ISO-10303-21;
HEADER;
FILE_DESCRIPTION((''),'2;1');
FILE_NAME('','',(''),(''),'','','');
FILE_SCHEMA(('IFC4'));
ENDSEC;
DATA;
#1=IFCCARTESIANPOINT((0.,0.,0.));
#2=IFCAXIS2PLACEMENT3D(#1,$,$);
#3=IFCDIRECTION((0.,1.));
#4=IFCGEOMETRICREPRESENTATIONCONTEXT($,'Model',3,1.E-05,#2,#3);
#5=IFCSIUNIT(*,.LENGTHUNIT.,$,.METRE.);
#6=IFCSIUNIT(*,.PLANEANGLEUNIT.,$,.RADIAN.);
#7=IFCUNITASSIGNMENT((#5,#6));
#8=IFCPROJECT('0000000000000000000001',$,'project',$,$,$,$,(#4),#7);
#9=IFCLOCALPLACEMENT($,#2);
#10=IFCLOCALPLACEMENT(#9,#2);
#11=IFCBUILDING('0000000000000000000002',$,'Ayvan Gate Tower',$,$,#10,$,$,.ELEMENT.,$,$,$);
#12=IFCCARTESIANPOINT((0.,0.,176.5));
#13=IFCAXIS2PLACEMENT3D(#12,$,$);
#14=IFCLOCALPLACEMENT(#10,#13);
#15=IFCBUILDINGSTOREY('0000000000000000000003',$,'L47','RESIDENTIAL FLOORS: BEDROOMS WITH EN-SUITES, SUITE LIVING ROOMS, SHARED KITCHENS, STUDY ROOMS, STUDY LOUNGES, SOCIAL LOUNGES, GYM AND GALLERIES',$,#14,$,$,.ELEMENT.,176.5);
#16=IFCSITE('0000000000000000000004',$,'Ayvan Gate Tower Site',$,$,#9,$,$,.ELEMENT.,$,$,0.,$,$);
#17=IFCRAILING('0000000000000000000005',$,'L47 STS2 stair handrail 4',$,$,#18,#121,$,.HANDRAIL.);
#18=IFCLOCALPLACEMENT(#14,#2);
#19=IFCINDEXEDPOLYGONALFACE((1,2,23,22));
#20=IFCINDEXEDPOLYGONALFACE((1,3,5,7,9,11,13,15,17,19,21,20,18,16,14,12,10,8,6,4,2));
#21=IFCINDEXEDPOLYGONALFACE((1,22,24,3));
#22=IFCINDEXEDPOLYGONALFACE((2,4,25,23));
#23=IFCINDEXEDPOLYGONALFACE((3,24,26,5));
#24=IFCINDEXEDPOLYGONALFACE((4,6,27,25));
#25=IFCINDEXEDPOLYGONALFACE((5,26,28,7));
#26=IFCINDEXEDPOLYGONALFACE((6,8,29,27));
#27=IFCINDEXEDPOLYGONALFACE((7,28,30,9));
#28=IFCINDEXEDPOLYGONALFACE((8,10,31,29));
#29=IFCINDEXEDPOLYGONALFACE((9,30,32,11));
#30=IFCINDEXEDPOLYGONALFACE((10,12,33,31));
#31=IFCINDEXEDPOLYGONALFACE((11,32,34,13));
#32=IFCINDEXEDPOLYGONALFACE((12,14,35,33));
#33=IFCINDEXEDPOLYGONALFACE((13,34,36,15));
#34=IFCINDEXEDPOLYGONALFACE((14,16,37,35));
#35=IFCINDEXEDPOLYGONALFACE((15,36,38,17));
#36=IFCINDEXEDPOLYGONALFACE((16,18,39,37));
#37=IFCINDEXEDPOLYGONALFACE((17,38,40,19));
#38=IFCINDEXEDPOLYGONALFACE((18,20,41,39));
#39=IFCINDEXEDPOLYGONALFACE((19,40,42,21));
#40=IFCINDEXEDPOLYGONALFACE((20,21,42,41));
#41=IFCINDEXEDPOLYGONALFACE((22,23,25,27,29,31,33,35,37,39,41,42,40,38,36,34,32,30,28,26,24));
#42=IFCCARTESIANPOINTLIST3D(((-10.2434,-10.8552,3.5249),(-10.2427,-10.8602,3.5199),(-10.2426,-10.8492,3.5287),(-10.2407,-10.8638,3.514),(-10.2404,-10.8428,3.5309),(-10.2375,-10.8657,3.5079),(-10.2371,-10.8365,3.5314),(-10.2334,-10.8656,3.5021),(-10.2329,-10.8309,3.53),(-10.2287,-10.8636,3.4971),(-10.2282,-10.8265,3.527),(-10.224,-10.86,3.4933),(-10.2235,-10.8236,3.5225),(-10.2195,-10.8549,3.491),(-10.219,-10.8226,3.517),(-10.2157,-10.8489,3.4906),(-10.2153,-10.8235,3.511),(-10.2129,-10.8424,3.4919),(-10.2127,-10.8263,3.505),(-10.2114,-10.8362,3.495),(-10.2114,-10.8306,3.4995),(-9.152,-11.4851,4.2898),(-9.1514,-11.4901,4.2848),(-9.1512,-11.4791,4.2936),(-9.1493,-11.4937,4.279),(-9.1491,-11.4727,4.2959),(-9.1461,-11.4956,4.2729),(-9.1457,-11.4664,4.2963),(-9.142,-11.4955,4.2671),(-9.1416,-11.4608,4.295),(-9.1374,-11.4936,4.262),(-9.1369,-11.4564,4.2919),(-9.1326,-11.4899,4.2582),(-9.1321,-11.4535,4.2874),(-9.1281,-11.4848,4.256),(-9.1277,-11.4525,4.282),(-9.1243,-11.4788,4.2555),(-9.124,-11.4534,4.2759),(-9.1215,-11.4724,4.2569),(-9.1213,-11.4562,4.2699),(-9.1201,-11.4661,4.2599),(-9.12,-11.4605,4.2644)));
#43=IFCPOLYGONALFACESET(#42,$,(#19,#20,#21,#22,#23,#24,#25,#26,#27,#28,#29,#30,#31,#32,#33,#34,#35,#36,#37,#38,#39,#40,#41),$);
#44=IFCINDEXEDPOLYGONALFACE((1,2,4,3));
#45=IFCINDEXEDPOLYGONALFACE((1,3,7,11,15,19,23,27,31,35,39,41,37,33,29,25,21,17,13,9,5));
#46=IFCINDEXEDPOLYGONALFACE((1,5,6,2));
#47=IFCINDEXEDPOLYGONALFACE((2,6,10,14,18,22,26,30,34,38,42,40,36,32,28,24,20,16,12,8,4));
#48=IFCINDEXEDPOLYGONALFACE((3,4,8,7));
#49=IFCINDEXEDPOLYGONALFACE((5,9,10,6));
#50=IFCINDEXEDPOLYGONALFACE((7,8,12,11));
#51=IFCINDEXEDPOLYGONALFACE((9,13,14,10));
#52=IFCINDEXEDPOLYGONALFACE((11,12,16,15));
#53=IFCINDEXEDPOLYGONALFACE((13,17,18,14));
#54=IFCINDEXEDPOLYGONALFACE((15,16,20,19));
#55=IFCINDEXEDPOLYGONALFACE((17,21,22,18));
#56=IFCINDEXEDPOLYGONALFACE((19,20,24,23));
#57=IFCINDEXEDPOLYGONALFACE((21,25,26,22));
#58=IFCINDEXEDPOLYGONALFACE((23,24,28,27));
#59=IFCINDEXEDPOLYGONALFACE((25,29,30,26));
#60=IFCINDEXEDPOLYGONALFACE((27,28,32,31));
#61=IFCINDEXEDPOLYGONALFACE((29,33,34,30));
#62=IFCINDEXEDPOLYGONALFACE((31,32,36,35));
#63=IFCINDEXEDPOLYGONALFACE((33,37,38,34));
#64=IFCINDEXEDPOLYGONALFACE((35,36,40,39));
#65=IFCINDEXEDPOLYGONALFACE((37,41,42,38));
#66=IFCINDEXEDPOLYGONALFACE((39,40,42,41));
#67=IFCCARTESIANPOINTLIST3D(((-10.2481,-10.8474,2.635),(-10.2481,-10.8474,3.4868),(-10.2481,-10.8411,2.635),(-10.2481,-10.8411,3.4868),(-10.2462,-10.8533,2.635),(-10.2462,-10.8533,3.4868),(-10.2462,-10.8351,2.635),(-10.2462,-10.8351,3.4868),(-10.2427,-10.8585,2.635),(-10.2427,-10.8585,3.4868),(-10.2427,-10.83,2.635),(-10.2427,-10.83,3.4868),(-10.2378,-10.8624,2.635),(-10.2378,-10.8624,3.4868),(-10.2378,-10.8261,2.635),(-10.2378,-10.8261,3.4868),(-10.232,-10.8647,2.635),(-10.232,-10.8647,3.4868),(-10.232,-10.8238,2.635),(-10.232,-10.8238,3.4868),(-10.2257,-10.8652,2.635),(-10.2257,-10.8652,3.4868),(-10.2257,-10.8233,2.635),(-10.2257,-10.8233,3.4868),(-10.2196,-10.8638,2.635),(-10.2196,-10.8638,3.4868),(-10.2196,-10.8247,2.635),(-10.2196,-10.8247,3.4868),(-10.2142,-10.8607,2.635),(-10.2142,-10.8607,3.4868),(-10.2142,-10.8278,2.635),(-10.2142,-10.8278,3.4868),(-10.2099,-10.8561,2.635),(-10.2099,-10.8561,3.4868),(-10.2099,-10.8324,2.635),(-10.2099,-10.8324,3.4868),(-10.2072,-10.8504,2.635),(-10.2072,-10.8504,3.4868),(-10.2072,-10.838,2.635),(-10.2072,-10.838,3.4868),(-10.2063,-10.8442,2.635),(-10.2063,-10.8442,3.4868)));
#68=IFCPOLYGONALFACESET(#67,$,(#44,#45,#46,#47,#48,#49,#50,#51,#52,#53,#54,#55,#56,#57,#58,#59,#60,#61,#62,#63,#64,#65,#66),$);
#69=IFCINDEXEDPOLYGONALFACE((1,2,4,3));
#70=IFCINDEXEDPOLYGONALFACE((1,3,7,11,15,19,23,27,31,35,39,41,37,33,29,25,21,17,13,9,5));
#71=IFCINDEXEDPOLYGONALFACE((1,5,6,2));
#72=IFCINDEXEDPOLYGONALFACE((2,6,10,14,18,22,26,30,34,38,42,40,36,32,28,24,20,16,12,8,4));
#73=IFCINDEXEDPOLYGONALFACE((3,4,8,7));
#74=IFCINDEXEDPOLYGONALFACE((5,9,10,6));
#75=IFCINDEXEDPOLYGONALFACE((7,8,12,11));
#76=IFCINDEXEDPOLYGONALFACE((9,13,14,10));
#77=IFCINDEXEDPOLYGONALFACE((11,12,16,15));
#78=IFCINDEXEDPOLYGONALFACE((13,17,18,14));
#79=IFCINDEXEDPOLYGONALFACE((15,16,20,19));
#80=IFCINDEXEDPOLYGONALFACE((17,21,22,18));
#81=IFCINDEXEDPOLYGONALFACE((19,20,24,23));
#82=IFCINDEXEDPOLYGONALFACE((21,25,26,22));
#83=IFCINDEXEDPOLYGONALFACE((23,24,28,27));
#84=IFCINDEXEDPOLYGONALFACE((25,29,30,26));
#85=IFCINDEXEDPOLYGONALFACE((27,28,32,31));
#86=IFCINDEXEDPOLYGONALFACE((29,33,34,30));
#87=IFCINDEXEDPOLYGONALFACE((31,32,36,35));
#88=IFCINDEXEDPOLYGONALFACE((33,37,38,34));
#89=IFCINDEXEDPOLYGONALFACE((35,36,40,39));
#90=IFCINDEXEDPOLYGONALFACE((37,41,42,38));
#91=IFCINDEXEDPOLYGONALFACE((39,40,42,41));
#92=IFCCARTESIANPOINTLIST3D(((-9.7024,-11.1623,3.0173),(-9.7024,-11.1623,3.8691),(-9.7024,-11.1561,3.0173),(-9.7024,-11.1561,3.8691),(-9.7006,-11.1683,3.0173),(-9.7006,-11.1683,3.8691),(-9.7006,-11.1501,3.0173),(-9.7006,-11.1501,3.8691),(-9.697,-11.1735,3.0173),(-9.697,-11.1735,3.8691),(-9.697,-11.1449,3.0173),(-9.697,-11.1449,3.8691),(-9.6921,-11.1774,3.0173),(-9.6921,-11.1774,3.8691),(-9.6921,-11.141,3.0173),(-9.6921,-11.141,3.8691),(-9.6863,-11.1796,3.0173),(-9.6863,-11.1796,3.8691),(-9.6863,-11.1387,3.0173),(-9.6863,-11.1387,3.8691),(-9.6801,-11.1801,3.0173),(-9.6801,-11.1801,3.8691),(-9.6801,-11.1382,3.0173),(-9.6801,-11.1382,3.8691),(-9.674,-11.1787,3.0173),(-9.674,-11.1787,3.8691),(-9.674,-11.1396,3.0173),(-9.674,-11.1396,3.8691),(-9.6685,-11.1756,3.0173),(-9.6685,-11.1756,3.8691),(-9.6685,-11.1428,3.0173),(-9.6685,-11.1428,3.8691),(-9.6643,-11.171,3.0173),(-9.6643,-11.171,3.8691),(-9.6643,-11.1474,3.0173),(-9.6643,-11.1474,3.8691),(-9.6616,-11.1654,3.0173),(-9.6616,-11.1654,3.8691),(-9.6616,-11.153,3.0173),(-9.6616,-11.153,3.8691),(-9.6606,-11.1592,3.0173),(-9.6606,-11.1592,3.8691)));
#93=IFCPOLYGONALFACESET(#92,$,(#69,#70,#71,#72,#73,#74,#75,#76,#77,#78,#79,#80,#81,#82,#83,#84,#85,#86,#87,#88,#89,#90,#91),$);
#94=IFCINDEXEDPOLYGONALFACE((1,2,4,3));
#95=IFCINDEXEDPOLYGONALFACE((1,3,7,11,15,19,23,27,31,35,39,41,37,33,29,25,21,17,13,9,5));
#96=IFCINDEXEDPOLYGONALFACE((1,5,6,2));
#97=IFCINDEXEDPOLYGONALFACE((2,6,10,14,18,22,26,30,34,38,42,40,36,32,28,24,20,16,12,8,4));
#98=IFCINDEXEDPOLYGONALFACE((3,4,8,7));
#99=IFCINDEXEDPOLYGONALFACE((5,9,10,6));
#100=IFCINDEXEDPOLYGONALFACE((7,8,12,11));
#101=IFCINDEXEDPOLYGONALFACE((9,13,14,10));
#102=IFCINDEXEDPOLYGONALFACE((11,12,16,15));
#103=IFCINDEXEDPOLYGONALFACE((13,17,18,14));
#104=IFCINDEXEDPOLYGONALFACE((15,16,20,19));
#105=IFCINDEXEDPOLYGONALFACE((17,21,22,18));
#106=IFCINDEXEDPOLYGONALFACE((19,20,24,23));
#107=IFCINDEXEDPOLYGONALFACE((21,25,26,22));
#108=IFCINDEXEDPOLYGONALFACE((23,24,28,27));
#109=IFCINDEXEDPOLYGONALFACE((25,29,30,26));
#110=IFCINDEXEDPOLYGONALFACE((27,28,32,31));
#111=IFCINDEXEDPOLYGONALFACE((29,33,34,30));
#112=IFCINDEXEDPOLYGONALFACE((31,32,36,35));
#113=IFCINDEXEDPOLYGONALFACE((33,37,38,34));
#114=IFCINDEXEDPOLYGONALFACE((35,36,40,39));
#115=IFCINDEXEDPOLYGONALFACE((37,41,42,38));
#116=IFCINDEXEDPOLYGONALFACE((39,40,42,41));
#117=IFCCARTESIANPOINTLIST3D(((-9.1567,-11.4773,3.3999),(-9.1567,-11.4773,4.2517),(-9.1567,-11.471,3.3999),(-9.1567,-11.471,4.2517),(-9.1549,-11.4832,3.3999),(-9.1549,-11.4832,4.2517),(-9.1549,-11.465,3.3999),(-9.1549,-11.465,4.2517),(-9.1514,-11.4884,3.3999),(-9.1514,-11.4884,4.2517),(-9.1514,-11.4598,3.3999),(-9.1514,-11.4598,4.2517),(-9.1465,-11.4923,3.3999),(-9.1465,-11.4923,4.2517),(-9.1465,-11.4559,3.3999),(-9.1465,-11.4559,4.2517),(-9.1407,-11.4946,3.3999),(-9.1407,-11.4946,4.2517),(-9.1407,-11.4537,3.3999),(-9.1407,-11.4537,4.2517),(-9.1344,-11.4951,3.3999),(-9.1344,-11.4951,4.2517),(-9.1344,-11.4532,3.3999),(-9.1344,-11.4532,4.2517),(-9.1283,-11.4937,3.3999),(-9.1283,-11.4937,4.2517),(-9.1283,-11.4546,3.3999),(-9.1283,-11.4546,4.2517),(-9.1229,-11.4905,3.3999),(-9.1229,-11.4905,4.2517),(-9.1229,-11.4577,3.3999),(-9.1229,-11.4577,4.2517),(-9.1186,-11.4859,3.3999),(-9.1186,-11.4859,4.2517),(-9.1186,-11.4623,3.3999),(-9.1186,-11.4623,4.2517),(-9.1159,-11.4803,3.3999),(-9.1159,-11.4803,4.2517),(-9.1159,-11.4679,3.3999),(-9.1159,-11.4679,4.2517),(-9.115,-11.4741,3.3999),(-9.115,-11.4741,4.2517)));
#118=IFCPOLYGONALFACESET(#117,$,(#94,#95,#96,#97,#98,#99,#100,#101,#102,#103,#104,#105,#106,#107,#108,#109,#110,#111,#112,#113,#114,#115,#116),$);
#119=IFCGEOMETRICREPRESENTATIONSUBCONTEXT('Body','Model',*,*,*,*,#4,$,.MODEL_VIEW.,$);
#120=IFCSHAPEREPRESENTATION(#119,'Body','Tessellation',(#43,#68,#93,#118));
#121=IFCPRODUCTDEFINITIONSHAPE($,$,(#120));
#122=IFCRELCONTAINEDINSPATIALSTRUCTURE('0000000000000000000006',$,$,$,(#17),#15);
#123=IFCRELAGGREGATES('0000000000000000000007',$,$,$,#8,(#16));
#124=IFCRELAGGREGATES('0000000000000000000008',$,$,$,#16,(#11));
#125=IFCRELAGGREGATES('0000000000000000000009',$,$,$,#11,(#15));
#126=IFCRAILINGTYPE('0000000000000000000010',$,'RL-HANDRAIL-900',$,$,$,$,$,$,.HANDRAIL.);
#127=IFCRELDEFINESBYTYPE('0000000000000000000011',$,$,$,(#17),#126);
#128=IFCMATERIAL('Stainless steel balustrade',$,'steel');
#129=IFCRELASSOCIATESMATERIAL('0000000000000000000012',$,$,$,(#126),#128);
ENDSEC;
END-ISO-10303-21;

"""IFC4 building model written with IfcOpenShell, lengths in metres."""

from ifc_helpers import new_model, si_unit, direction, frame, origin, origin_2d, place, context, subcontext, project, spatial, circle, extrude, material, type_object, element, save


model = new_model("IFC4")

# Units and contexts
model_context = context("Model", 3, precision=1e-05, world=origin(), true_north=direction((0.0, 1.0)))
body_context = subcontext(model_context, "Body", "Model", "MODEL_VIEW")
ifc_project = project(units=[si_unit("LENGTHUNIT", "METRE"), si_unit("PLANEANGLEUNIT", "RADIAN")], contexts=[model_context])

# Site, building, storey
site_placement = place(None, origin())
site = spatial("IfcSite", under=ifc_project, at=site_placement, Name="Ayvan Gate Tower Site", CompositionType="ELEMENT", RefElevation=0.0)
building_placement = place(site_placement, origin())
building = spatial("IfcBuilding", under=site, at=building_placement, Name="Ayvan Gate Tower", CompositionType="ELEMENT")
storey_placement = place(building_placement, frame((0.0, 0.0, 176.5)))
storey = spatial("IfcBuildingStorey", under=building, at=storey_placement, Name="L47", Description="RESIDENTIAL FLOORS: BEDROOMS WITH EN-SUITES, SUITE LIVING ROOMS, SHARED KITCHENS, STUDY ROOMS, STUDY LOUNGES, SOCIAL LOUNGES, GYM AND GALLERIES", CompositionType="ELEMENT", Elevation=176.5)

# Railing
ifc_material_1 = material(Name="Stainless steel balustrade", Category="steel")
railing_type_1 = type_object("IfcRailingType", Name="RL-HANDRAIL-900", PredefinedType="HANDRAIL", material=ifc_material_1)
railing_1_placement = place(storey_placement, frame((-10.2273, -10.8442, 2.635)))
element("IfcRailing", 1, at=railing_1_placement, inside=storey, type_object=railing_type_1, Name="L47 STS2 stair handrail 4", PredefinedType="HANDRAIL", context=body_context, shape_type="SweptSolid", body=[
    extrude(circle(Radius=0.0239, at=origin_2d()), frame((0.0, 0.0, 0.876), z_axis=(0.740357, -0.42732, 0.518912), x_axis=(0.49989, 0.866089, 0.0)), (0.0, 0.0, 1.0), 1.4741),
    extrude(circle(Radius=0.021, at=origin_2d()), origin(), (0.0, 0.0, 1.0), 0.8518),
    extrude(circle(Radius=0.021, at=origin_2d()), frame((0.5457, -0.3149, 0.3823)), (0.0, 0.0, 1.0), 0.8518),
    extrude(circle(Radius=0.021, at=origin_2d()), frame((1.0913, -0.6299, 0.7649)), (0.0, 0.0, 1.0), 0.8518),
])

save(model, "model.ifc")
